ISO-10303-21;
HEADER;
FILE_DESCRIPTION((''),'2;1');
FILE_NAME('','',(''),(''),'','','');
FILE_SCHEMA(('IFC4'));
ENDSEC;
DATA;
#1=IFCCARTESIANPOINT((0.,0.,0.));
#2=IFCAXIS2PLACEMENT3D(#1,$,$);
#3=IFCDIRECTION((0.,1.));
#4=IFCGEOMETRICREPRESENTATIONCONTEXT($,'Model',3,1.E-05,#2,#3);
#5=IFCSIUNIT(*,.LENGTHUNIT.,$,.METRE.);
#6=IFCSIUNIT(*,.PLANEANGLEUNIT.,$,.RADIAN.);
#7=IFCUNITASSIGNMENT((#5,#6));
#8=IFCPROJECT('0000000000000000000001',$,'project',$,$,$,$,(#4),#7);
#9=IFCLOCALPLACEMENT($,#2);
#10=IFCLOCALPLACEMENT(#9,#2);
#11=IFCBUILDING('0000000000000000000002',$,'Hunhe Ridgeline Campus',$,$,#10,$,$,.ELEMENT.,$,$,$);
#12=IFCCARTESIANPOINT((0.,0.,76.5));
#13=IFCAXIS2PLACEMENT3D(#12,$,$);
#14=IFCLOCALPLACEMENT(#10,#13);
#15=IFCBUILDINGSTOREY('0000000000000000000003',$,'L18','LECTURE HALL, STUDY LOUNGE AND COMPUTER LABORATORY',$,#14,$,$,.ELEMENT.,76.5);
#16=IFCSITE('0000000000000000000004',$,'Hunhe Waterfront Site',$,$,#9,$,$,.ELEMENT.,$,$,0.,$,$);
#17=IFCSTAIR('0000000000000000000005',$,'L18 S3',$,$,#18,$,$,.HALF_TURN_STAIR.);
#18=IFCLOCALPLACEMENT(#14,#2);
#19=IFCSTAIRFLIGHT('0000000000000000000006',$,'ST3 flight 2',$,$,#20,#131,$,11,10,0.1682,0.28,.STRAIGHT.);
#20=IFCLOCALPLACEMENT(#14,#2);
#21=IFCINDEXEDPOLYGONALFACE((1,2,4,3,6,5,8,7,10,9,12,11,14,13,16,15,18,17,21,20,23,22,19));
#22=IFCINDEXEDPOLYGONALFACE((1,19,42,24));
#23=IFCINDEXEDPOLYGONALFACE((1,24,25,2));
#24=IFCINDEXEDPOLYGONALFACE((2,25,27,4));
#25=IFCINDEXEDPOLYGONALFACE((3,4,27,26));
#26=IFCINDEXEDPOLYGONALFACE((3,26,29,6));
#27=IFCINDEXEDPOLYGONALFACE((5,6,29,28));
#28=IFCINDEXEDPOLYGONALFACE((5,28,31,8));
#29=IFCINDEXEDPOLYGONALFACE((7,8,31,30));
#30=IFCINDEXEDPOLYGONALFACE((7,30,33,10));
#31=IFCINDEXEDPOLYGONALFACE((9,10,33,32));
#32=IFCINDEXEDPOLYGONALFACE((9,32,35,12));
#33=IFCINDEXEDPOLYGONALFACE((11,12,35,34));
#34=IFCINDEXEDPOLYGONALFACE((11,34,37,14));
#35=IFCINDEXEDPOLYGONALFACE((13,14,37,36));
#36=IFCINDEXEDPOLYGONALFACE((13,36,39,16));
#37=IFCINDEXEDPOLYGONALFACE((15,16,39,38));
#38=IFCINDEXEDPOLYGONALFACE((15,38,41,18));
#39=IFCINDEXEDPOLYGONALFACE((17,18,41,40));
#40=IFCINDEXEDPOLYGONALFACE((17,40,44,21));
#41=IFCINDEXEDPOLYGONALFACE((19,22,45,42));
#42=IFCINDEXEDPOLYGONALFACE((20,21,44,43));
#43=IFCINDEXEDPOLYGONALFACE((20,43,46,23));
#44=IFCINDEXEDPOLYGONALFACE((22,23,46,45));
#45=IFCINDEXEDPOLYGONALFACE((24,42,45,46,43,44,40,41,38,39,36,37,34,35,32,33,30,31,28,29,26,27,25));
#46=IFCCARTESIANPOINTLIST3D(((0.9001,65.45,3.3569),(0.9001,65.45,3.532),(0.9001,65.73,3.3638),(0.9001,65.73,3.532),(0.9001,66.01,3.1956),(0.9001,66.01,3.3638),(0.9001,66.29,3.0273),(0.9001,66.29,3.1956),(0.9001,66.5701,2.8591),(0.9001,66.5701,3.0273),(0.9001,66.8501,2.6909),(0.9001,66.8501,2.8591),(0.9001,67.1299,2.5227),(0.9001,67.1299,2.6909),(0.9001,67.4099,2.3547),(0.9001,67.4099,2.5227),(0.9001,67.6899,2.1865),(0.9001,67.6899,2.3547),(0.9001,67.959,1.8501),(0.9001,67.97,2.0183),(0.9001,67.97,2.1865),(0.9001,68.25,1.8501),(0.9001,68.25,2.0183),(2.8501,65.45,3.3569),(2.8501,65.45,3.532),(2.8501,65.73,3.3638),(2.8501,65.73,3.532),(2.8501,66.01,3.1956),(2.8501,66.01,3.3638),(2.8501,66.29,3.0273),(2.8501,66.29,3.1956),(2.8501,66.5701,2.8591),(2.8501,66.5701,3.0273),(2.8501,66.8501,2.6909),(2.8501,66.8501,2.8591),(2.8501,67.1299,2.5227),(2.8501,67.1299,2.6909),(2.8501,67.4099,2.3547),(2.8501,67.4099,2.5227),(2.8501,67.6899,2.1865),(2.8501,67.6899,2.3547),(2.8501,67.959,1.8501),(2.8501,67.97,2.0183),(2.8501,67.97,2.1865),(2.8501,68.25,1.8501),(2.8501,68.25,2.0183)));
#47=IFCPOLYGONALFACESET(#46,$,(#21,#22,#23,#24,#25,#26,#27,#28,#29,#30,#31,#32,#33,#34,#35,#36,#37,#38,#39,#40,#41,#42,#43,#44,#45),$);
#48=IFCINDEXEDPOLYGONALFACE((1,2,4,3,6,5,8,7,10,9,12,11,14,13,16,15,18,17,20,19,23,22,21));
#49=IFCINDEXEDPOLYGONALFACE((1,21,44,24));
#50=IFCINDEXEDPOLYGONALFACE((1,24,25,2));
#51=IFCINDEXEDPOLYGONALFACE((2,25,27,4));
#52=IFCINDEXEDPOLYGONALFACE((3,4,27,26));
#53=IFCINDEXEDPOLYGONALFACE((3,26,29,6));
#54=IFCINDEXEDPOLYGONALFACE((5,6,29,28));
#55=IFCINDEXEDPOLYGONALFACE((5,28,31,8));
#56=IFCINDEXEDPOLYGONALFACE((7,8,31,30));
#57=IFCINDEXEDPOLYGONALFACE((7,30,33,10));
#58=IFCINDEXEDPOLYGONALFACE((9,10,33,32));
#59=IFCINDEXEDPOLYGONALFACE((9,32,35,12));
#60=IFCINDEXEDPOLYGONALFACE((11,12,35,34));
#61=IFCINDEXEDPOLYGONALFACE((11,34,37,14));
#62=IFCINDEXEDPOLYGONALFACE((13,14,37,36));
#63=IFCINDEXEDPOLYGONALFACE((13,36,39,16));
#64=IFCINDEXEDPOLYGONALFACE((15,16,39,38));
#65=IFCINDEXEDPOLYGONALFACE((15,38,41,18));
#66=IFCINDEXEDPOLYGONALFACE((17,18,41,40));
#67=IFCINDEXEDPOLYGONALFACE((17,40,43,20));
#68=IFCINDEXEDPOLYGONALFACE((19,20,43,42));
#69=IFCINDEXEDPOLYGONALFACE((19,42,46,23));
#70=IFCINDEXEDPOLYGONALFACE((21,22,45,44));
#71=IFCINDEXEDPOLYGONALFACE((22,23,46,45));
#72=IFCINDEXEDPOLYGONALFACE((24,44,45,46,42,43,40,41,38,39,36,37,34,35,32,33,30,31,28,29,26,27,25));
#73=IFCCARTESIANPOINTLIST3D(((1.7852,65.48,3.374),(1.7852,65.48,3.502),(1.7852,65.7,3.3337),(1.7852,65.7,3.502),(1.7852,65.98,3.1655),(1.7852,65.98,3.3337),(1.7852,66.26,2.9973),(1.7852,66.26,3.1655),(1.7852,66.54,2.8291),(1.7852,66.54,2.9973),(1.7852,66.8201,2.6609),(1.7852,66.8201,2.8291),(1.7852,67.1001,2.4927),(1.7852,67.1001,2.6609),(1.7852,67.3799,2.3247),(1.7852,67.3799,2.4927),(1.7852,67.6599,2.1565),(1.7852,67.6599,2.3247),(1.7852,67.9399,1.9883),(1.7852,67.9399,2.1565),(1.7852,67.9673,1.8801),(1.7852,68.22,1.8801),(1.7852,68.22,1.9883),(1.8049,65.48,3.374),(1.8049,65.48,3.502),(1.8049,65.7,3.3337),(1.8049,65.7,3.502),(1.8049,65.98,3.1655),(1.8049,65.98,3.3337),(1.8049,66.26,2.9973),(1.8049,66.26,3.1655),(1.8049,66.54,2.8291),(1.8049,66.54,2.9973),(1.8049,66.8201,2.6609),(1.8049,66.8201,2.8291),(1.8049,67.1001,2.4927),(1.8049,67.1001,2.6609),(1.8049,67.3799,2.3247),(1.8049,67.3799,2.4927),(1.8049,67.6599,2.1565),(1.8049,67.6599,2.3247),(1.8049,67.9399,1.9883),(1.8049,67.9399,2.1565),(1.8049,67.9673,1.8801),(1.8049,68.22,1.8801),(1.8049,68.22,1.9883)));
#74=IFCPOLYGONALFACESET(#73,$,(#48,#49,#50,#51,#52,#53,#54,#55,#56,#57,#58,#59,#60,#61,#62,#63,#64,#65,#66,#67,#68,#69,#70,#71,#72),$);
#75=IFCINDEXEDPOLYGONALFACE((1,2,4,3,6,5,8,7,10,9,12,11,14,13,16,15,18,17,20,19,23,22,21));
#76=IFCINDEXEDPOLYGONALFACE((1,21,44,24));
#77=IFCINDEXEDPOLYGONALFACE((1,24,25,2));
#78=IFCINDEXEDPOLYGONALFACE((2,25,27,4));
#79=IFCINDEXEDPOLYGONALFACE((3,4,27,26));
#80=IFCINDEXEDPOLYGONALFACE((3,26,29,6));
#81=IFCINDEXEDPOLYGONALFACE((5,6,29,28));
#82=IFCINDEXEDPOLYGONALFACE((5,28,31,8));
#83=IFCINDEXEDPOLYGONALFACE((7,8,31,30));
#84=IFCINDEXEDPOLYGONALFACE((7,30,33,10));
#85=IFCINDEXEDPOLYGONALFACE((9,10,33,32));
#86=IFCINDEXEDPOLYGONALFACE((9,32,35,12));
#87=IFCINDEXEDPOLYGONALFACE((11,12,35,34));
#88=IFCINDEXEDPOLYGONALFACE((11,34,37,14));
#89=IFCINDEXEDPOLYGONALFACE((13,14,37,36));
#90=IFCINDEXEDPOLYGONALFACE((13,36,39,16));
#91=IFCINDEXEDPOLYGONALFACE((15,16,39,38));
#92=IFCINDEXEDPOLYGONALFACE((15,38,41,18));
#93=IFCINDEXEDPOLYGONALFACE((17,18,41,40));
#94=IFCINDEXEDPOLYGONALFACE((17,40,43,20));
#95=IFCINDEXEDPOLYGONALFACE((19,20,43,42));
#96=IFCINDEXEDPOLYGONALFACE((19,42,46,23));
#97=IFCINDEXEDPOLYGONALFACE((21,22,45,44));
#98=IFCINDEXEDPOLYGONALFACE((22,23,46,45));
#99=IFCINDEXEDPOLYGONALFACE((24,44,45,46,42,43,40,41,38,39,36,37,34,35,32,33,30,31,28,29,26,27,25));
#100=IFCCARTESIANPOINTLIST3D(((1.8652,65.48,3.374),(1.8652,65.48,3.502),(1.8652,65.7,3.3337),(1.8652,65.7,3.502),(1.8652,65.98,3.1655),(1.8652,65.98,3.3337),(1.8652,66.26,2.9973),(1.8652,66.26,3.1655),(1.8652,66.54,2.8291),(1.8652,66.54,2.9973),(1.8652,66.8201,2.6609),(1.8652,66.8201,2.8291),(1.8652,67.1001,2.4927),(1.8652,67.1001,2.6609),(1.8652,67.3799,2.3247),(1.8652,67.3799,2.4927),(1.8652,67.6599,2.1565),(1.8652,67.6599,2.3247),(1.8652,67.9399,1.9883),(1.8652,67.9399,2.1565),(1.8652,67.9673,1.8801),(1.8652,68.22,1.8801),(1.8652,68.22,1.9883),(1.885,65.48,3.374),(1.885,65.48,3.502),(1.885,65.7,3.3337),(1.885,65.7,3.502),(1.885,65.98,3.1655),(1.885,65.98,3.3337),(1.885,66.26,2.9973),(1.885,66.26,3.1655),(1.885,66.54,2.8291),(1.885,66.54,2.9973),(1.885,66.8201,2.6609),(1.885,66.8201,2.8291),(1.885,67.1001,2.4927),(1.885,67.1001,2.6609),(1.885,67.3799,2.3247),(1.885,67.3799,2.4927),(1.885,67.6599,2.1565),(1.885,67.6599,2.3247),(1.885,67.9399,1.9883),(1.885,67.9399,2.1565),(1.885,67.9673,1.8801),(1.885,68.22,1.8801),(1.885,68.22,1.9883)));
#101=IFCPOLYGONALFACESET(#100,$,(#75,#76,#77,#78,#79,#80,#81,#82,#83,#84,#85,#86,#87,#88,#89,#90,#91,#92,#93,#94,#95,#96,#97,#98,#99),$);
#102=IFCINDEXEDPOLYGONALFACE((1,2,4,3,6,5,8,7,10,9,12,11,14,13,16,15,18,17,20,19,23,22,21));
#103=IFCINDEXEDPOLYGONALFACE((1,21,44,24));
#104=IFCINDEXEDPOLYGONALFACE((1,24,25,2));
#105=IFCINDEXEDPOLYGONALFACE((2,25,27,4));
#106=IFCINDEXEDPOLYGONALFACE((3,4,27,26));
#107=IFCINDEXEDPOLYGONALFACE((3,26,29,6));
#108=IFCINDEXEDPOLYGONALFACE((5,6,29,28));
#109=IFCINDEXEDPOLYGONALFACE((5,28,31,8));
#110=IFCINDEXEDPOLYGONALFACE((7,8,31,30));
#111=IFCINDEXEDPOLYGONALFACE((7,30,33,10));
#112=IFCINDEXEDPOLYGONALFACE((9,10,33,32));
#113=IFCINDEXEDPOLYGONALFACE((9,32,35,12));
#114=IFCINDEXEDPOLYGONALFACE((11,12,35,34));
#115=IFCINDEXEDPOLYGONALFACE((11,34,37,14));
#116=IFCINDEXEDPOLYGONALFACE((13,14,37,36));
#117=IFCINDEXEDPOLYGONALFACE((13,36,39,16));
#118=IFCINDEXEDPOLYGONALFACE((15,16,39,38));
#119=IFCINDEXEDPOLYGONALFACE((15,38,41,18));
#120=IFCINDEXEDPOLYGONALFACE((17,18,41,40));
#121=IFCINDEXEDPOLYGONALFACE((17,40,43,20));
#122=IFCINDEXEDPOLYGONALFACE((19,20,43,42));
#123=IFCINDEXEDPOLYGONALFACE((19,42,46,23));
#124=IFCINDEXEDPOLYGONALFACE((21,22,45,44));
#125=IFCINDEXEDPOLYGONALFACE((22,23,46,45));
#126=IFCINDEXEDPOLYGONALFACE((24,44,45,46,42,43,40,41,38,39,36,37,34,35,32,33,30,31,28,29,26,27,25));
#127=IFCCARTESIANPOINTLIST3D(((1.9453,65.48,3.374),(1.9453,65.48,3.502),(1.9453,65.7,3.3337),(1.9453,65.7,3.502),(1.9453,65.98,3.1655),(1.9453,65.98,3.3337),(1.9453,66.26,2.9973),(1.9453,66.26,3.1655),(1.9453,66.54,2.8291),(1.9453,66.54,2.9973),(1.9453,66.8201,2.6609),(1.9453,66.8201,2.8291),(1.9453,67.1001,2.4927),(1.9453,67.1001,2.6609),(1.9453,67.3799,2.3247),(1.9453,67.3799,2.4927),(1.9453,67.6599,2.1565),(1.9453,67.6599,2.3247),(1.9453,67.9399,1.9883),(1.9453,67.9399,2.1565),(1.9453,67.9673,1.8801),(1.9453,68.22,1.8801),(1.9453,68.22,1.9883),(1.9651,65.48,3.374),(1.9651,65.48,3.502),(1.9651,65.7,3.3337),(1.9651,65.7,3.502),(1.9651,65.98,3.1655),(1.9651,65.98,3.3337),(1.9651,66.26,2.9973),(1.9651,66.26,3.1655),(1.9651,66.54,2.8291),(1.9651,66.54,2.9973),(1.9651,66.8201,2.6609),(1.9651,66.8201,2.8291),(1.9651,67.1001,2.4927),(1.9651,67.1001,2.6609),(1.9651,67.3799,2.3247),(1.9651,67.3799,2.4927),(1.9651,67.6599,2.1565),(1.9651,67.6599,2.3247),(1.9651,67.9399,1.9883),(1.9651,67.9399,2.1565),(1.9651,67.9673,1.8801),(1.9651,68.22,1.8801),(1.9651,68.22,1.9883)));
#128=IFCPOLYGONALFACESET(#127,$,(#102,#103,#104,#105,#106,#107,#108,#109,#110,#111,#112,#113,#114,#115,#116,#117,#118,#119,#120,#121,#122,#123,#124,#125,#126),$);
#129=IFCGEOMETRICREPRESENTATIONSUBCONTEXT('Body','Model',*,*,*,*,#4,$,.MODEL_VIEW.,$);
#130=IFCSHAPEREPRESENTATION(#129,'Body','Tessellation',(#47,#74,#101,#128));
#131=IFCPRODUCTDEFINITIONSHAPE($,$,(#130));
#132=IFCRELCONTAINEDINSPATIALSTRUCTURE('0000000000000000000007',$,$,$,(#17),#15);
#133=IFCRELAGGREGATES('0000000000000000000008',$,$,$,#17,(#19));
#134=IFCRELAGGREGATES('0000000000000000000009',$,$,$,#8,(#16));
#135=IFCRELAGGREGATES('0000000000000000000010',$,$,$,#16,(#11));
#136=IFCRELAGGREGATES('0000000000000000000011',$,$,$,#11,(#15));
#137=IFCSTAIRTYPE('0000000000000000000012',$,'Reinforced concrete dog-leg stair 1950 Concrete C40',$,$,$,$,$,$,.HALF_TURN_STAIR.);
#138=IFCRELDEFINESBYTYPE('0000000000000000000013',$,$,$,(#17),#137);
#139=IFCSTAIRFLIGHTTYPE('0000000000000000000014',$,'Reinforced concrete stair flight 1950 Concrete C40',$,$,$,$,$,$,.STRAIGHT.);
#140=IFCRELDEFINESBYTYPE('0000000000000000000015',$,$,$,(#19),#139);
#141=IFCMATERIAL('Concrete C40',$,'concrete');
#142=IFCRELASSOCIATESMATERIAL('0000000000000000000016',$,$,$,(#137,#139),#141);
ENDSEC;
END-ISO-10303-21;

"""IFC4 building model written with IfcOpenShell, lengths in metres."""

from ifc_helpers import new_model, si_unit, direction, frame, origin, place, context, subcontext, project, spatial, polyline, outline, extrude, material, type_object, element, aggregate, save


model = new_model("IFC4")

# Units and contexts
model_context = context("Model", 3, precision=1e-05, world=origin(), true_north=direction((0.0, 1.0)))
body_context = subcontext(model_context, "Body", "Model", "MODEL_VIEW")
ifc_project = project(units=[si_unit("LENGTHUNIT", "METRE"), si_unit("PLANEANGLEUNIT", "RADIAN")], contexts=[model_context])

# Site, building, storey
site_placement = place(None, origin())
site = spatial("IfcSite", under=ifc_project, at=site_placement, Name="Hunhe Waterfront Site", CompositionType="ELEMENT", RefElevation=0.0)
building_placement = place(site_placement, origin())
building = spatial("IfcBuilding", under=site, at=building_placement, Name="Hunhe Ridgeline Campus", CompositionType="ELEMENT")
storey_placement = place(building_placement, frame((0.0, 0.0, 76.5)))
storey = spatial("IfcBuildingStorey", under=building, at=storey_placement, Name="L18", Description="LECTURE HALL, STUDY LOUNGE AND COMPUTER LABORATORY", CompositionType="ELEMENT", Elevation=76.5)

# Stair, stair flight
ifc_material_1 = material(Name="Concrete C40", Category="concrete")
stair_type = type_object("IfcStairType", Name="Reinforced concrete dog-leg stair 1950 Concrete C40", PredefinedType="HALF_TURN_STAIR", material=ifc_material_1)
stair_1_placement = place(storey_placement, origin())
stair_1 = element("IfcStair", 1, at=stair_1_placement, inside=storey, type_object=stair_type, Name="L18 S3", PredefinedType="HALF_TURN_STAIR")
stair_flight_type = type_object("IfcStairFlightType", Name="Reinforced concrete stair flight 1950 Concrete C40", PredefinedType="STRAIGHT", material=ifc_material_1)
stair_flight_1_placement = place(storey_placement, frame((1.875, 68.25, 1.8501), z_axis=(0.0, 0.0, 1.0), x_axis=(0.0, -1.0, 0.0)))
stair_flight_1 = element("IfcStairFlight", 2, at=stair_flight_1_placement, type_object=stair_flight_type, Name="ST3 flight 2", NumberOfRisers=11, NumberOfTreads=10, PredefinedType="STRAIGHT", RiserHeight=0.1682, TreadLength=0.28, context=body_context, shape_type="SweptSolid", body=[
    extrude(outline(polyline([(0.0, 0.0), (0.0, 0.1682), (0.28, 0.1682), (0.28, 0.3364), (0.5601, 0.3364), (0.5601, 0.5046), (0.8401, 0.5046), (0.8401, 0.6726), (1.1201, 0.6726), (1.1201, 0.8408), (1.3999, 0.8408), (1.3999, 1.009), (1.6799, 1.009), (1.6799, 1.1772), (1.96, 1.1772), (1.96, 1.3455), (2.24, 1.3455), (2.24, 1.5137), (2.52, 1.5137), (2.52, 1.6819), (2.8, 1.6819), (2.8, 1.8501), (2.8, 1.5068), (0.291, 0.0), (0.0, 0.0)])), frame((0.0, 0.9751, 0.0), z_axis=(0.0, -1.0, 0.0), x_axis=(1.0, 0.0, 0.0)), (0.0, 0.0, 1.0), 1.95),
    extrude(outline(polyline([(0.03, 0.03), (0.03, 0.1382), (0.3101, 0.1382), (0.3101, 0.3064), (0.5901, 0.3064), (0.5901, 0.4746), (0.8701, 0.4746), (0.8701, 0.6426), (1.1499, 0.6426), (1.1499, 0.8108), (1.4299, 0.8108), (1.4299, 0.979), (1.71, 0.979), (1.71, 1.1472), (1.99, 1.1472), (1.99, 1.3154), (2.27, 1.3154), (2.27, 1.4836), (2.55, 1.4836), (2.55, 1.6519), (2.77, 1.6519), (2.77, 1.5239), (0.2827, 0.03), (0.03, 0.03)])), frame((0.0, -0.0701, 0.0), z_axis=(0.0, -1.0, 0.0), x_axis=(1.0, 0.0, 0.0)), (0.0, 0.0, 1.0), 0.0198),
    extrude(outline(polyline([(0.03, 0.03), (0.03, 0.1382), (0.3101, 0.1382), (0.3101, 0.3064), (0.5901, 0.3064), (0.5901, 0.4746), (0.8701, 0.4746), (0.8701, 0.6426), (1.1499, 0.6426), (1.1499, 0.8108), (1.4299, 0.8108), (1.4299, 0.979), (1.71, 0.979), (1.71, 1.1472), (1.99, 1.1472), (1.99, 1.3154), (2.27, 1.3154), (2.27, 1.4836), (2.55, 1.4836), (2.55, 1.6519), (2.77, 1.6519), (2.77, 1.5239), (0.2827, 0.03), (0.03, 0.03)])), frame((0.0, 0.01, 0.0), z_axis=(0.0, -1.0, 0.0), x_axis=(1.0, 0.0, 0.0)), (0.0, 0.0, 1.0), 0.0198),
    extrude(outline(polyline([(0.03, 0.03), (0.03, 0.1382), (0.3101, 0.1382), (0.3101, 0.3064), (0.5901, 0.3064), (0.5901, 0.4746), (0.8701, 0.4746), (0.8701, 0.6426), (1.1499, 0.6426), (1.1499, 0.8108), (1.4299, 0.8108), (1.4299, 0.979), (1.71, 0.979), (1.71, 1.1472), (1.99, 1.1472), (1.99, 1.3154), (2.27, 1.3154), (2.27, 1.4836), (2.55, 1.4836), (2.55, 1.6519), (2.77, 1.6519), (2.77, 1.5239), (0.2827, 0.03), (0.03, 0.03)])), frame((0.0, 0.0901, 0.0), z_axis=(0.0, -1.0, 0.0), x_axis=(1.0, 0.0, 0.0)), (0.0, 0.0, 1.0), 0.0198),
])
aggregate(stair_1, [stair_flight_1])

save(model, "model.ifc")
